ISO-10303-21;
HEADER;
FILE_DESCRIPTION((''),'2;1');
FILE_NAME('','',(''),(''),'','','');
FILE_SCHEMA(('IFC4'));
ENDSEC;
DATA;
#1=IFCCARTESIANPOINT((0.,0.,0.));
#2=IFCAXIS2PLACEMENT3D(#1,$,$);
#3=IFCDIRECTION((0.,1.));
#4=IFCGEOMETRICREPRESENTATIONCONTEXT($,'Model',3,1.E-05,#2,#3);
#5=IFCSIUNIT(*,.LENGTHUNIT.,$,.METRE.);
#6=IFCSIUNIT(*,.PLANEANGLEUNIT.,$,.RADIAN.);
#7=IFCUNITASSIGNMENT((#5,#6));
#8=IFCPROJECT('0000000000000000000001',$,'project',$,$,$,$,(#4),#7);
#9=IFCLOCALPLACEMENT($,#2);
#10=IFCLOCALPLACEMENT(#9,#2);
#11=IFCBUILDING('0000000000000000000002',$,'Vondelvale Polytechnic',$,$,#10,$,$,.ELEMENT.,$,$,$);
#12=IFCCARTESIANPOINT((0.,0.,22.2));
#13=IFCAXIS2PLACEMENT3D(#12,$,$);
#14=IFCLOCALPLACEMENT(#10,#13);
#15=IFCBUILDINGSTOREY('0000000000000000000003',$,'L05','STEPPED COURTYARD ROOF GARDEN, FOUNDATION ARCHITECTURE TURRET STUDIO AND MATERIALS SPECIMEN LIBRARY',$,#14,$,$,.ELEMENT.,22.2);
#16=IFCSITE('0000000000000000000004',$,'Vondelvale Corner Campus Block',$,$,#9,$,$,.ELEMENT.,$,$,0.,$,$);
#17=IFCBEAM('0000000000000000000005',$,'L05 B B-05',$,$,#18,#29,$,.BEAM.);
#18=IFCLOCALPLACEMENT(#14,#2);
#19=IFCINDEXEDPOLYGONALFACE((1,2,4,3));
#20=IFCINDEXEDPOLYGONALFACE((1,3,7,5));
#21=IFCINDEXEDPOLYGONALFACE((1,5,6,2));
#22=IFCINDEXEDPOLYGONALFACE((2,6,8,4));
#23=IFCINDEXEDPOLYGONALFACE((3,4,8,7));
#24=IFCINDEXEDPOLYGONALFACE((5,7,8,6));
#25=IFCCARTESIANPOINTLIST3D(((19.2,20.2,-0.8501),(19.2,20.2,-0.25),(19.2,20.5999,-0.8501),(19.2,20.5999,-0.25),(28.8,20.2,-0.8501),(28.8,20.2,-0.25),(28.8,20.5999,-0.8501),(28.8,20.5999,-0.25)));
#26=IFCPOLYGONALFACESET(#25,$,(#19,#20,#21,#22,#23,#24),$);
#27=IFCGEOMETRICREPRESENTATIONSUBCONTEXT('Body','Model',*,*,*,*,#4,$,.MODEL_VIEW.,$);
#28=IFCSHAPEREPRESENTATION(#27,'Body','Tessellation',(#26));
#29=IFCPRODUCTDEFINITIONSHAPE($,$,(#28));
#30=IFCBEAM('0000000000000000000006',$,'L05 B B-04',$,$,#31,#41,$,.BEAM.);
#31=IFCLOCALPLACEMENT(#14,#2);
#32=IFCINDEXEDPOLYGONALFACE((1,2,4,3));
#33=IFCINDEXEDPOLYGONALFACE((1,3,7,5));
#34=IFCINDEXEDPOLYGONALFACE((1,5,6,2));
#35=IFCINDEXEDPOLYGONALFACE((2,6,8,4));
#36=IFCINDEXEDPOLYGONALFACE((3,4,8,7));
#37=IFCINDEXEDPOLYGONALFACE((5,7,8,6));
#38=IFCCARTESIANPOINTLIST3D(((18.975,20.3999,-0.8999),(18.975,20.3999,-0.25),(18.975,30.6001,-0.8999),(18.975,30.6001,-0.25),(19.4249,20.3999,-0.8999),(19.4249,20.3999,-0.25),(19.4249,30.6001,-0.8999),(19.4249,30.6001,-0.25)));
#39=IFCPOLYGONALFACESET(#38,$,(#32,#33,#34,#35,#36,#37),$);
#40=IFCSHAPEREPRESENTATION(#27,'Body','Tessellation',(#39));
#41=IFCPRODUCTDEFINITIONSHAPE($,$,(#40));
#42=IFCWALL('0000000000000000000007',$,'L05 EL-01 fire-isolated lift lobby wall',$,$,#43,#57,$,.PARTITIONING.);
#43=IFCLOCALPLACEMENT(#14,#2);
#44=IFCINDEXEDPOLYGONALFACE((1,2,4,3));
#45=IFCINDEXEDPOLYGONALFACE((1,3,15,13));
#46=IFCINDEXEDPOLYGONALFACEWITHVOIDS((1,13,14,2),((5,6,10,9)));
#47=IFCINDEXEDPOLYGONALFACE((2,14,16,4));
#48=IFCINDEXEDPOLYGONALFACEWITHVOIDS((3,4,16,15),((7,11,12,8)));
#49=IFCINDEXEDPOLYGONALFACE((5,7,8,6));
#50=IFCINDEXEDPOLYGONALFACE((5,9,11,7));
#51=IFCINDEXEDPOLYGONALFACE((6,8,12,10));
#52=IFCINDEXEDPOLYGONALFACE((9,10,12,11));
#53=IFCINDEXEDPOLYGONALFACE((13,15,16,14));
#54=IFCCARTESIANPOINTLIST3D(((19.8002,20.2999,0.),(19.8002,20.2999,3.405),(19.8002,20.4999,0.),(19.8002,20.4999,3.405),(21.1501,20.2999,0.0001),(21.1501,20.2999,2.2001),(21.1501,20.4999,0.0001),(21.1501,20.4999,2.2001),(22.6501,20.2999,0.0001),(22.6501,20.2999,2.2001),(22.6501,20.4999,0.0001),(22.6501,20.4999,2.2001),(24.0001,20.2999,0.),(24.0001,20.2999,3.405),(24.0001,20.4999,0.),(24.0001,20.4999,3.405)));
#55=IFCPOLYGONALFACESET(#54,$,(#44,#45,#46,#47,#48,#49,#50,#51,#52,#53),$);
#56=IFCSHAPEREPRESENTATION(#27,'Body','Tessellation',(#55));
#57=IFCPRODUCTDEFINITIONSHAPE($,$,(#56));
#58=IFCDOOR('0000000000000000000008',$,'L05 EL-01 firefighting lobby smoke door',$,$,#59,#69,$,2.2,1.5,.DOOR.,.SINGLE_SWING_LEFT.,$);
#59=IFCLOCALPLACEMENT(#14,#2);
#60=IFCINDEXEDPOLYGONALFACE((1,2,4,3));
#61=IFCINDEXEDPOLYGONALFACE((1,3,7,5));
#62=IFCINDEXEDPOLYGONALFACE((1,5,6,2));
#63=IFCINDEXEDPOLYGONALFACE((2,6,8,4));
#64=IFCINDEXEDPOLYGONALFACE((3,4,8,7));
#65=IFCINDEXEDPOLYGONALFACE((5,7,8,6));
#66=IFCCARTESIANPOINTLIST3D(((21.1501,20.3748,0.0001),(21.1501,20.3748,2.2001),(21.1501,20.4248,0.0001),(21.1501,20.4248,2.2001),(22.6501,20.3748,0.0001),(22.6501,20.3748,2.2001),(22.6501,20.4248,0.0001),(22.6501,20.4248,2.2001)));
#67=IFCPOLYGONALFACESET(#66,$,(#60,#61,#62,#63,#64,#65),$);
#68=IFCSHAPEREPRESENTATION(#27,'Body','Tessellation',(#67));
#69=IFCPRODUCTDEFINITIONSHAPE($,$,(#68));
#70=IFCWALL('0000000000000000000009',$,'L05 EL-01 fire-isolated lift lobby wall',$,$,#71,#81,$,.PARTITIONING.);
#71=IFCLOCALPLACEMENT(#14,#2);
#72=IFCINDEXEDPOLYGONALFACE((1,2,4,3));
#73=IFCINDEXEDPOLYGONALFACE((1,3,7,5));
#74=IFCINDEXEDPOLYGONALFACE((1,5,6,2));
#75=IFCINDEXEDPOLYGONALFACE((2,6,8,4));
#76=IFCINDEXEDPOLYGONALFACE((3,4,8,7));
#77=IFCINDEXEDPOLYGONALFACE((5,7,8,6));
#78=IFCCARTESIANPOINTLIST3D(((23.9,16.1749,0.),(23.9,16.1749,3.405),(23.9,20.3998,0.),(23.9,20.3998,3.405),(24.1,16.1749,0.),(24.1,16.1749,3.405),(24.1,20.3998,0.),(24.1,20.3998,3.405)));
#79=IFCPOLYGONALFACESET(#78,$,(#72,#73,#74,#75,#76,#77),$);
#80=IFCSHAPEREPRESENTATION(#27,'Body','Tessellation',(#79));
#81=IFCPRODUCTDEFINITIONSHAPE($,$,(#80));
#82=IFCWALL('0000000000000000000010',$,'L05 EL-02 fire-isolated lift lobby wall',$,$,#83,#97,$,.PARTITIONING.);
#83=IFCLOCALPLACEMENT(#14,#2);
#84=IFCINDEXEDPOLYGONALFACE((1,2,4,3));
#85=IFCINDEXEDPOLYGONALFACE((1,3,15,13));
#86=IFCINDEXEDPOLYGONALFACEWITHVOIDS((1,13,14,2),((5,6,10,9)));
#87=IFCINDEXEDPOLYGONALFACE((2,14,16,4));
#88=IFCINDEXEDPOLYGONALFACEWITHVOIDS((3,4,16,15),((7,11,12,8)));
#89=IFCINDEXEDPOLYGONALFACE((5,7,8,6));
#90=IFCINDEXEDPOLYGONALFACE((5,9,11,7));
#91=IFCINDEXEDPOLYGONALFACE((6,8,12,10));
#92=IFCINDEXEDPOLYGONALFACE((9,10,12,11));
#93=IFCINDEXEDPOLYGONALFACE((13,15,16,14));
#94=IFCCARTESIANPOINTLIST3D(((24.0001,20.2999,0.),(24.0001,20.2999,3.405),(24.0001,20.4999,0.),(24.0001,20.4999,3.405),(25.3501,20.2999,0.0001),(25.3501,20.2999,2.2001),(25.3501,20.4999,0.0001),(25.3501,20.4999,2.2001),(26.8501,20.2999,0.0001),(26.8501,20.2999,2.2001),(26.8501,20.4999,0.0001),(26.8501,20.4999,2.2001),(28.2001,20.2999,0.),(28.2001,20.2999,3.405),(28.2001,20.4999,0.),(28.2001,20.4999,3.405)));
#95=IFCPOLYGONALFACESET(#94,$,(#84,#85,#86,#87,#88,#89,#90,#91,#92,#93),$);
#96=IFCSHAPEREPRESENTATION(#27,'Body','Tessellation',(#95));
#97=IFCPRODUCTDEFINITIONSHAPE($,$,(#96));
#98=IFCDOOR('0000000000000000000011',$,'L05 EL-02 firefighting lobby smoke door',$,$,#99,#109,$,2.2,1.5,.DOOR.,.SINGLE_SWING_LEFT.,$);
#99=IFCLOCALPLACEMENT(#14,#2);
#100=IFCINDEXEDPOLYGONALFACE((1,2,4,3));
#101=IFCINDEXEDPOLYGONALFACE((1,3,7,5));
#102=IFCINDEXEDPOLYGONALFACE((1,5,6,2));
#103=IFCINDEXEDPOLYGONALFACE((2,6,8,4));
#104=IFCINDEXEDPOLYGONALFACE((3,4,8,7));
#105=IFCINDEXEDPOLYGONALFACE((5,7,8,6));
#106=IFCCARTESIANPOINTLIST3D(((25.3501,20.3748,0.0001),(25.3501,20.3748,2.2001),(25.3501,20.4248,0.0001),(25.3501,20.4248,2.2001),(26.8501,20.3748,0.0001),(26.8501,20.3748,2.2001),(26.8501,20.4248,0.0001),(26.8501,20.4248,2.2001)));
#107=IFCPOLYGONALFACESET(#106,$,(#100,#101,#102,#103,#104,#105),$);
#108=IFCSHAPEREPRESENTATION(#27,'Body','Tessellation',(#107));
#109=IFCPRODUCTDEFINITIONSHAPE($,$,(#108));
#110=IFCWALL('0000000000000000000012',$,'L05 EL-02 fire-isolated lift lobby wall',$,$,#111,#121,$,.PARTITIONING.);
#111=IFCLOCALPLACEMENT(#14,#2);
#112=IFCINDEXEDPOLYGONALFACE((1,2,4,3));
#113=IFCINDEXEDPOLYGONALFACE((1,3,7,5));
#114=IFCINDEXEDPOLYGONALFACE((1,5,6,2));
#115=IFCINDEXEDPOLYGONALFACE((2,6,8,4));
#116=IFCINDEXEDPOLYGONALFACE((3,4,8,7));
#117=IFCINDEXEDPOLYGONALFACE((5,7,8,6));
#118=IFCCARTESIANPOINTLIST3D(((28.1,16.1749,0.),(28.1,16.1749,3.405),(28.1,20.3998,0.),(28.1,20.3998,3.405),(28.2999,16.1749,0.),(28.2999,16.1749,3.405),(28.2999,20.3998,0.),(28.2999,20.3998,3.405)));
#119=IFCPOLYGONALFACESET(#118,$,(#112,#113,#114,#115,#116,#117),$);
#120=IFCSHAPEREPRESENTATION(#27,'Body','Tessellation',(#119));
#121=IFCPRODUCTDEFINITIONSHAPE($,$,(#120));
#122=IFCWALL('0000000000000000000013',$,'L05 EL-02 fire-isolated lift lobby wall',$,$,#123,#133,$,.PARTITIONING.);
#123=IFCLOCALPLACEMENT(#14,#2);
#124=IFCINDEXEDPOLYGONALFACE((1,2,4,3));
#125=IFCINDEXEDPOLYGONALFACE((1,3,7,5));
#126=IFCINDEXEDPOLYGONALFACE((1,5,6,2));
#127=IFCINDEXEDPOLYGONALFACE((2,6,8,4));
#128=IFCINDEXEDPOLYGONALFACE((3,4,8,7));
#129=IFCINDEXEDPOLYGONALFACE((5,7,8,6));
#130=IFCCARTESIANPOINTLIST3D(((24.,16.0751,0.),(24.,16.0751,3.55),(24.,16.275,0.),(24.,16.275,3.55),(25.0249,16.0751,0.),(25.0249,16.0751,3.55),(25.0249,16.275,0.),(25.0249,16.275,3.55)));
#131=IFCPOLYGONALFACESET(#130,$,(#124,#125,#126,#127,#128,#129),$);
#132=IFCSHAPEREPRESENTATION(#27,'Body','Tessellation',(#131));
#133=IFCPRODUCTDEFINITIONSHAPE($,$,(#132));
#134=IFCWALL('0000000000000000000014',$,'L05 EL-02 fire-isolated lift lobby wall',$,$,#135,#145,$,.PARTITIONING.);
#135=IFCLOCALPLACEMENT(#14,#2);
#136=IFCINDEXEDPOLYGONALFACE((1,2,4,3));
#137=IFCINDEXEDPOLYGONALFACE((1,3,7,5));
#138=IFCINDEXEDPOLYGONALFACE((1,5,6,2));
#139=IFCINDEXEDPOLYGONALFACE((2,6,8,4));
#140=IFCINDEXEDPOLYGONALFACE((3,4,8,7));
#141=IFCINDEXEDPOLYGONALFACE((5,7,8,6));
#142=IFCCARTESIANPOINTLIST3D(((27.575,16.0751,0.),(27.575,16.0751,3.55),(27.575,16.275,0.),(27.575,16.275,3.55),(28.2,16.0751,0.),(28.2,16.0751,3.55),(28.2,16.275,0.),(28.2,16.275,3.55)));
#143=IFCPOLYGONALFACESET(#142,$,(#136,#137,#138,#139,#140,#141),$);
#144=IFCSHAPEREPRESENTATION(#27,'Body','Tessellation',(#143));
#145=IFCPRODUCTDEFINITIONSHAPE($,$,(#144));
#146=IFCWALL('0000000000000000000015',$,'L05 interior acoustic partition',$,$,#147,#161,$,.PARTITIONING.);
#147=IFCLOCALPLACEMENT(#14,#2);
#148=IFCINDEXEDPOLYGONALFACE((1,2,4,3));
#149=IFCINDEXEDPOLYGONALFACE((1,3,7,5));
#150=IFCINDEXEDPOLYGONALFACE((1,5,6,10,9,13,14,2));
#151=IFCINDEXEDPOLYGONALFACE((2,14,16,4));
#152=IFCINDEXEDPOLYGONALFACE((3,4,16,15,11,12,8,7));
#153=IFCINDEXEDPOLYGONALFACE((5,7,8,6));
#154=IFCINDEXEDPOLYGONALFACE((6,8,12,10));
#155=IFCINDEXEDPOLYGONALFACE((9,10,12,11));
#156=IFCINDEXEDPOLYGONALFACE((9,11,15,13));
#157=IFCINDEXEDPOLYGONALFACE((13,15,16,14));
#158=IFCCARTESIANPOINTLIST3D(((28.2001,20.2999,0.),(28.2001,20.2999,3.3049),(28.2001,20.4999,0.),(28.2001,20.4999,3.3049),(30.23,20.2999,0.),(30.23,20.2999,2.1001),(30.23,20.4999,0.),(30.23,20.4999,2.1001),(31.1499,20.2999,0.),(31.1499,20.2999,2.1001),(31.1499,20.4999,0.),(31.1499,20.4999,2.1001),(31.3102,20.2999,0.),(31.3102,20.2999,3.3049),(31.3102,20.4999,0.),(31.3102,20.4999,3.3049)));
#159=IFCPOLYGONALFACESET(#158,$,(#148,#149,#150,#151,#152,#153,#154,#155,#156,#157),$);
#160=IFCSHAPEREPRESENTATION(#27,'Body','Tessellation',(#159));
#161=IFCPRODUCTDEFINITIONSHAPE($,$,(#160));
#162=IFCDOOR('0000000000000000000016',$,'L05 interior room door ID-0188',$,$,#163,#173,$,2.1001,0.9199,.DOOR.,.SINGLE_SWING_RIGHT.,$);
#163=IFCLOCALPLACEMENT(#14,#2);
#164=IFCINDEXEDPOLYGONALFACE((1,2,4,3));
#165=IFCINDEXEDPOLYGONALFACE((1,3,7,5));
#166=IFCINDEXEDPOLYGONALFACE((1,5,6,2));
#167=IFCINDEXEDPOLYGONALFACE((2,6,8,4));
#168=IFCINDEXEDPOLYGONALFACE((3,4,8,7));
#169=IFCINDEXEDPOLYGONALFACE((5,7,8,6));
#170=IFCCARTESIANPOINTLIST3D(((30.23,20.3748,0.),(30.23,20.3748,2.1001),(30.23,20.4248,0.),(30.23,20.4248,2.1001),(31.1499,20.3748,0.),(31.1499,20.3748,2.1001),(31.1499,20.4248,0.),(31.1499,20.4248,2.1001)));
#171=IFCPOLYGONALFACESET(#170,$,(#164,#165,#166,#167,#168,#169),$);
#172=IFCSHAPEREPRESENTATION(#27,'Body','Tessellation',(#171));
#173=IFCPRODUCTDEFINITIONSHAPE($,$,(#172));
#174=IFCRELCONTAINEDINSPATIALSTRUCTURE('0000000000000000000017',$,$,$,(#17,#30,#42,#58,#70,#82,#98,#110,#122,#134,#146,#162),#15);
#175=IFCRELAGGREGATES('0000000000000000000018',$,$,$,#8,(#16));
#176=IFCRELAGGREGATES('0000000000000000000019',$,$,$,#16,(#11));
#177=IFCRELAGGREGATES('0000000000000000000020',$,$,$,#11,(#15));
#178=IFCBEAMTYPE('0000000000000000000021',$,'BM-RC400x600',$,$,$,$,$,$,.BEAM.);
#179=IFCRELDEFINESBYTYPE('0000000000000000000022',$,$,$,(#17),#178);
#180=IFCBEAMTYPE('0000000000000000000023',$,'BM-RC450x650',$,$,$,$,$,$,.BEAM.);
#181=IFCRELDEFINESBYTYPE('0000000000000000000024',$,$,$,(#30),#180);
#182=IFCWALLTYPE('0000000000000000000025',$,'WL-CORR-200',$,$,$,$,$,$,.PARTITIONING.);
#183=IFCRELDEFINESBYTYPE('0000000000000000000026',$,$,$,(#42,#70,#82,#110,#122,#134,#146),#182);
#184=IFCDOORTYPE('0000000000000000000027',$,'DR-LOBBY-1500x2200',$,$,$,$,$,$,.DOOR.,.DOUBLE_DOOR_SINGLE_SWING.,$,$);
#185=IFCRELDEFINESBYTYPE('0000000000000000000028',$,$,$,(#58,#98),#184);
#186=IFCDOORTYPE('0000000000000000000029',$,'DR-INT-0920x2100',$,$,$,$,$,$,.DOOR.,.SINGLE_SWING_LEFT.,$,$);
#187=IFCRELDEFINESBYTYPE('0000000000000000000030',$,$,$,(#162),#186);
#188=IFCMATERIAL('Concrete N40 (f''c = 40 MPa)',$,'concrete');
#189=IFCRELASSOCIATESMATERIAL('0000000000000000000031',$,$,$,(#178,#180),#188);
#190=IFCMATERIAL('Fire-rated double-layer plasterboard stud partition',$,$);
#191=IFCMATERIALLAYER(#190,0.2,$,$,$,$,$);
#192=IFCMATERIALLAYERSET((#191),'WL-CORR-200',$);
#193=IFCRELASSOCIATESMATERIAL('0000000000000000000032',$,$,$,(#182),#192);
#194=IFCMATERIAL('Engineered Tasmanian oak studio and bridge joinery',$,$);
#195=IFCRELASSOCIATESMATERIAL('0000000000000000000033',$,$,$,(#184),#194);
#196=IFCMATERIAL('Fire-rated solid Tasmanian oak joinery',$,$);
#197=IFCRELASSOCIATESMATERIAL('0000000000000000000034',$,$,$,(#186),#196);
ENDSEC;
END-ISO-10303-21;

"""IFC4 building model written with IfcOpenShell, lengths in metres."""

from ifc_helpers import new_model, si_unit, direction, frame, frame_2d, origin, origin_2d, place, context, subcontext, project, spatial, rectangle, extrude, material, layer, layer_set, material_profile, profile_set, type_object, element, fill, save


model = new_model("IFC4")

# Units and contexts
model_context = context("Model", 3, precision=1e-05, world=origin(), true_north=direction((0.0, 1.0)))
body_context = subcontext(model_context, "Body", "Model", "MODEL_VIEW")
ifc_project = project(units=[si_unit("LENGTHUNIT", "METRE"), si_unit("PLANEANGLEUNIT", "RADIAN")], contexts=[model_context])

# Site, building, storey
site_placement = place(None, origin())
site = spatial("IfcSite", under=ifc_project, at=site_placement, Name="Vondelvale Corner Campus Block", CompositionType="ELEMENT", RefElevation=0.0)
building_placement = place(site_placement, origin())
building = spatial("IfcBuilding", under=site, at=building_placement, Name="Vondelvale Polytechnic", CompositionType="ELEMENT")
storey_placement = place(building_placement, frame((0.0, 0.0, 22.2)))
storey = spatial("IfcBuildingStorey", under=building, at=storey_placement, Name="L05", Description="STEPPED COURTYARD ROOF GARDEN, FOUNDATION ARCHITECTURE TURRET STUDIO AND MATERIALS SPECIMEN LIBRARY", CompositionType="ELEMENT", Elevation=22.2)

# Beams
ifc_material_1 = material(Name="Concrete N40 (f'c = 40 MPa)", Category="concrete")
ifc_material_profile_1 = material_profile(ifc_material_1, rectangle(XDim=0.3999, YDim=0.6001, at=origin_2d()), Name="RC-BM-400x600")
ifc_profile_set_1 = profile_set([ifc_material_profile_1], Name="Concrete N40 (f'c = 40 MPa)")
beam_type_1 = type_object("IfcBeamType", Name="BM-RC400x600", PredefinedType="BEAM", material=ifc_profile_set_1)
beam_1_placement = place(storey_placement, frame((19.2, 20.3999, -0.55), z_axis=(1.0, 0.0, 0.0), x_axis=(0.0, 1.0, 0.0)))
element("IfcBeam", 1, at=beam_1_placement, inside=storey, type_object=beam_type_1, Name="L05 B B-05", PredefinedType="BEAM", context=body_context, shape_type="SweptSolid", body=[
    extrude(rectangle(XDim=0.3999, YDim=0.6001, at=origin_2d()), origin(), (0.0, 0.0, 1.0), 9.6001),
])
ifc_material_profile_2 = material_profile(ifc_material_1, rectangle(XDim=0.45, YDim=0.6499, at=origin_2d()), Name="RC-BM-450x650")
ifc_profile_set_2 = profile_set([ifc_material_profile_2], Name="Concrete N40 (f'c = 40 MPa)")
beam_type_2 = type_object("IfcBeamType", Name="BM-RC450x650", PredefinedType="BEAM", material=ifc_profile_set_2)
beam_2_placement = place(storey_placement, frame((19.2, 20.3999, -0.575), z_axis=(0.0, 1.0, 0.0), x_axis=(-1.0, 0.0, 0.0)))
element("IfcBeam", 2, at=beam_2_placement, inside=storey, type_object=beam_type_2, Name="L05 B B-04", PredefinedType="BEAM", context=body_context, shape_type="SweptSolid", body=[
    extrude(rectangle(XDim=0.45, YDim=0.6499, at=origin_2d()), origin(), (0.0, 0.0, 1.0), 10.2002),
])

# Wall, opening, door
ifc_material_2 = material(Name="Fire-rated double-layer plasterboard stud partition")
ifc_layer_1 = layer(ifc_material_2, 0.2)
ifc_layer_set_1 = layer_set([ifc_layer_1], Name="WL-CORR-200")
wall_type_1 = type_object("IfcWallType", Name="WL-CORR-200", PredefinedType="PARTITIONING", material=ifc_layer_set_1)
wall_1_placement = place(storey_placement, frame((19.8, 20.3999, 0.0), z_axis=(0.0, 0.0, 1.0), x_axis=(1.0, 0.0, 0.0)))
wall_1 = element("IfcWall", 3, at=wall_1_placement, inside=storey, type_object=wall_type_1, Name="L05 EL-01 fire-isolated lift lobby wall", PredefinedType="PARTITIONING", context=body_context, shape_type="SweptSolid", body=[
    extrude(rectangle(XDim=4.2, YDim=0.2, at=frame_2d((2.1001, 0.0))), origin(), (0.0, 0.0, 1.0), 3.405),
])
opening_1_placement = place(wall_1_placement, frame((1.3501, 0.0, 0.0)))
opening_1 = element("IfcOpeningElement", 4, at=opening_1_placement, cuts=wall_1, PredefinedType="OPENING", context=body_context, shape_type="SweptSolid", body=[
    extrude(rectangle(XDim=1.5, YDim=2.2, at=frame_2d((0.75, 1.1001))), frame((0.0, 0.1099, 0.0), z_axis=(0.0, -1.0, 0.0), x_axis=(1.0, 0.0, 0.0)), (0.0, 0.0, 1.0), 0.22),
])
ifc_material_3 = material(Name="Engineered Tasmanian oak studio and bridge joinery")
door_type_1 = type_object("IfcDoorType", Name="DR-LOBBY-1500x2200", OperationType="DOUBLE_DOOR_SINGLE_SWING", PredefinedType="DOOR", material=ifc_material_3)
door_1_placement = place(opening_1_placement, origin())
door_1 = element("IfcDoor", 5, at=door_1_placement, inside=storey, type_object=door_type_1, Name="L05 EL-01 firefighting lobby smoke door", OperationType="SINGLE_SWING_LEFT", OverallHeight=2.2, OverallWidth=1.5, PredefinedType="DOOR", context=body_context, shape_type="SweptSolid", body=[
    extrude(rectangle(XDim=1.5, YDim=2.2, at=frame_2d((0.75, 1.1001))), frame((0.0, 0.0249, 0.0), z_axis=(0.0, -1.0, 0.0), x_axis=(1.0, 0.0, 0.0)), (0.0, 0.0, 1.0), 0.05),
])
fill(opening_1, door_1)

# Wall
wall_2_placement = place(storey_placement, frame((24.0, 16.175, 0.0), z_axis=(0.0, 0.0, 1.0), x_axis=(0.0, 1.0, 0.0)))
element("IfcWall", 6, at=wall_2_placement, inside=storey, type_object=wall_type_1, Name="L05 EL-01 fire-isolated lift lobby wall", PredefinedType="PARTITIONING", context=body_context, shape_type="SweptSolid", body=[
    extrude(rectangle(XDim=4.2249, YDim=0.2, at=frame_2d((2.1123, 0.0))), origin(), (0.0, 0.0, 1.0), 3.405),
])

# Wall, opening, door
wall_3_placement = place(storey_placement, frame((24.0, 20.3999, 0.0), z_axis=(0.0, 0.0, 1.0), x_axis=(1.0, 0.0, 0.0)))
wall_3 = element("IfcWall", 7, at=wall_3_placement, inside=storey, type_object=wall_type_1, Name="L05 EL-02 fire-isolated lift lobby wall", PredefinedType="PARTITIONING", context=body_context, shape_type="SweptSolid", body=[
    extrude(rectangle(XDim=4.2, YDim=0.2, at=frame_2d((2.1001, 0.0))), origin(), (0.0, 0.0, 1.0), 3.405),
])
opening_2_placement = place(wall_3_placement, frame((1.3501, 0.0, 0.0)))
opening_2 = element("IfcOpeningElement", 8, at=opening_2_placement, cuts=wall_3, PredefinedType="OPENING", context=body_context, shape_type="SweptSolid", body=[
    extrude(rectangle(XDim=1.5, YDim=2.2, at=frame_2d((0.75, 1.1001))), frame((0.0, 0.1099, 0.0), z_axis=(0.0, -1.0, 0.0), x_axis=(1.0, 0.0, 0.0)), (0.0, 0.0, 1.0), 0.22),
])
door_2_placement = place(opening_2_placement, origin())
door_2 = element("IfcDoor", 9, at=door_2_placement, inside=storey, type_object=door_type_1, Name="L05 EL-02 firefighting lobby smoke door", OperationType="SINGLE_SWING_LEFT", OverallHeight=2.2, OverallWidth=1.5, PredefinedType="DOOR", context=body_context, shape_type="SweptSolid", body=[
    extrude(rectangle(XDim=1.5, YDim=2.2, at=frame_2d((0.75, 1.1001))), frame((0.0, 0.0249, 0.0), z_axis=(0.0, -1.0, 0.0), x_axis=(1.0, 0.0, 0.0)), (0.0, 0.0, 1.0), 0.05),
])
fill(opening_2, door_2)

# Walls
wall_4_placement = place(storey_placement, frame((28.2, 16.175, 0.0), z_axis=(0.0, 0.0, 1.0), x_axis=(0.0, 1.0, 0.0)))
element("IfcWall", 10, at=wall_4_placement, inside=storey, type_object=wall_type_1, Name="L05 EL-02 fire-isolated lift lobby wall", PredefinedType="PARTITIONING", context=body_context, shape_type="SweptSolid", body=[
    extrude(rectangle(XDim=4.2249, YDim=0.2, at=frame_2d((2.1123, 0.0))), origin(), (0.0, 0.0, 1.0), 3.405),
])
wall_5_placement = place(storey_placement, frame((24.0, 16.175, 0.0), z_axis=(0.0, 0.0, 1.0), x_axis=(1.0, 0.0, 0.0)))
element("IfcWall", 11, at=wall_5_placement, inside=storey, type_object=wall_type_1, Name="L05 EL-02 fire-isolated lift lobby wall", PredefinedType="PARTITIONING", context=body_context, shape_type="SweptSolid", body=[
    extrude(rectangle(XDim=1.0249, YDim=0.2, at=frame_2d((0.5125, 0.0))), origin(), (0.0, 0.0, 1.0), 3.55),
])
wall_6_placement = place(storey_placement, frame((27.575, 16.175, 0.0), z_axis=(0.0, 0.0, 1.0), x_axis=(1.0, 0.0, 0.0)))
element("IfcWall", 12, at=wall_6_placement, inside=storey, type_object=wall_type_1, Name="L05 EL-02 fire-isolated lift lobby wall", PredefinedType="PARTITIONING", context=body_context, shape_type="SweptSolid", body=[
    extrude(rectangle(XDim=0.625, YDim=0.2, at=frame_2d((0.3125, 0.0))), origin(), (0.0, 0.0, 1.0), 3.55),
])

# Wall, opening, door
wall_7_placement = place(storey_placement, frame((28.2, 20.3999, 0.0), z_axis=(0.0, 0.0, 1.0), x_axis=(1.0, 0.0, 0.0)))
wall_7 = element("IfcWall", 13, at=wall_7_placement, inside=storey, type_object=wall_type_1, Name="L05 interior acoustic partition", PredefinedType="PARTITIONING", context=body_context, shape_type="SweptSolid", body=[
    extrude(rectangle(XDim=3.1101, YDim=0.2, at=frame_2d((1.5552, 0.0))), origin(), (0.0, 0.0, 1.0), 3.3049),
])
opening_3_placement = place(wall_7_placement, frame((2.03, 0.0, 0.0)))
opening_3 = element("IfcOpeningElement", 14, at=opening_3_placement, cuts=wall_7, PredefinedType="OPENING", context=body_context, shape_type="SweptSolid", body=[
    extrude(rectangle(XDim=0.9199, YDim=2.1001, at=frame_2d((0.46, 1.05))), frame((0.0, 0.1099, 0.0), z_axis=(0.0, -1.0, 0.0), x_axis=(1.0, 0.0, 0.0)), (0.0, 0.0, 1.0), 0.22),
])
ifc_material_4 = material(Name="Fire-rated solid Tasmanian oak joinery")
door_type_2 = type_object("IfcDoorType", Name="DR-INT-0920x2100", OperationType="SINGLE_SWING_LEFT", PredefinedType="DOOR", material=ifc_material_4)
door_3_placement = place(opening_3_placement, origin())
door_3 = element("IfcDoor", 15, at=door_3_placement, inside=storey, type_object=door_type_2, Name="L05 interior room door ID-0188", OperationType="SINGLE_SWING_RIGHT", OverallHeight=2.1001, OverallWidth=0.9199, PredefinedType="DOOR", context=body_context, shape_type="SweptSolid", body=[
    extrude(rectangle(XDim=0.9199, YDim=2.1001, at=frame_2d((0.46, 1.05))), frame((0.0, 0.0249, 0.0), z_axis=(0.0, -1.0, 0.0), x_axis=(1.0, 0.0, 0.0)), (0.0, 0.0, 1.0), 0.05),
])
fill(opening_3, door_3)

save(model, "model.ifc")
